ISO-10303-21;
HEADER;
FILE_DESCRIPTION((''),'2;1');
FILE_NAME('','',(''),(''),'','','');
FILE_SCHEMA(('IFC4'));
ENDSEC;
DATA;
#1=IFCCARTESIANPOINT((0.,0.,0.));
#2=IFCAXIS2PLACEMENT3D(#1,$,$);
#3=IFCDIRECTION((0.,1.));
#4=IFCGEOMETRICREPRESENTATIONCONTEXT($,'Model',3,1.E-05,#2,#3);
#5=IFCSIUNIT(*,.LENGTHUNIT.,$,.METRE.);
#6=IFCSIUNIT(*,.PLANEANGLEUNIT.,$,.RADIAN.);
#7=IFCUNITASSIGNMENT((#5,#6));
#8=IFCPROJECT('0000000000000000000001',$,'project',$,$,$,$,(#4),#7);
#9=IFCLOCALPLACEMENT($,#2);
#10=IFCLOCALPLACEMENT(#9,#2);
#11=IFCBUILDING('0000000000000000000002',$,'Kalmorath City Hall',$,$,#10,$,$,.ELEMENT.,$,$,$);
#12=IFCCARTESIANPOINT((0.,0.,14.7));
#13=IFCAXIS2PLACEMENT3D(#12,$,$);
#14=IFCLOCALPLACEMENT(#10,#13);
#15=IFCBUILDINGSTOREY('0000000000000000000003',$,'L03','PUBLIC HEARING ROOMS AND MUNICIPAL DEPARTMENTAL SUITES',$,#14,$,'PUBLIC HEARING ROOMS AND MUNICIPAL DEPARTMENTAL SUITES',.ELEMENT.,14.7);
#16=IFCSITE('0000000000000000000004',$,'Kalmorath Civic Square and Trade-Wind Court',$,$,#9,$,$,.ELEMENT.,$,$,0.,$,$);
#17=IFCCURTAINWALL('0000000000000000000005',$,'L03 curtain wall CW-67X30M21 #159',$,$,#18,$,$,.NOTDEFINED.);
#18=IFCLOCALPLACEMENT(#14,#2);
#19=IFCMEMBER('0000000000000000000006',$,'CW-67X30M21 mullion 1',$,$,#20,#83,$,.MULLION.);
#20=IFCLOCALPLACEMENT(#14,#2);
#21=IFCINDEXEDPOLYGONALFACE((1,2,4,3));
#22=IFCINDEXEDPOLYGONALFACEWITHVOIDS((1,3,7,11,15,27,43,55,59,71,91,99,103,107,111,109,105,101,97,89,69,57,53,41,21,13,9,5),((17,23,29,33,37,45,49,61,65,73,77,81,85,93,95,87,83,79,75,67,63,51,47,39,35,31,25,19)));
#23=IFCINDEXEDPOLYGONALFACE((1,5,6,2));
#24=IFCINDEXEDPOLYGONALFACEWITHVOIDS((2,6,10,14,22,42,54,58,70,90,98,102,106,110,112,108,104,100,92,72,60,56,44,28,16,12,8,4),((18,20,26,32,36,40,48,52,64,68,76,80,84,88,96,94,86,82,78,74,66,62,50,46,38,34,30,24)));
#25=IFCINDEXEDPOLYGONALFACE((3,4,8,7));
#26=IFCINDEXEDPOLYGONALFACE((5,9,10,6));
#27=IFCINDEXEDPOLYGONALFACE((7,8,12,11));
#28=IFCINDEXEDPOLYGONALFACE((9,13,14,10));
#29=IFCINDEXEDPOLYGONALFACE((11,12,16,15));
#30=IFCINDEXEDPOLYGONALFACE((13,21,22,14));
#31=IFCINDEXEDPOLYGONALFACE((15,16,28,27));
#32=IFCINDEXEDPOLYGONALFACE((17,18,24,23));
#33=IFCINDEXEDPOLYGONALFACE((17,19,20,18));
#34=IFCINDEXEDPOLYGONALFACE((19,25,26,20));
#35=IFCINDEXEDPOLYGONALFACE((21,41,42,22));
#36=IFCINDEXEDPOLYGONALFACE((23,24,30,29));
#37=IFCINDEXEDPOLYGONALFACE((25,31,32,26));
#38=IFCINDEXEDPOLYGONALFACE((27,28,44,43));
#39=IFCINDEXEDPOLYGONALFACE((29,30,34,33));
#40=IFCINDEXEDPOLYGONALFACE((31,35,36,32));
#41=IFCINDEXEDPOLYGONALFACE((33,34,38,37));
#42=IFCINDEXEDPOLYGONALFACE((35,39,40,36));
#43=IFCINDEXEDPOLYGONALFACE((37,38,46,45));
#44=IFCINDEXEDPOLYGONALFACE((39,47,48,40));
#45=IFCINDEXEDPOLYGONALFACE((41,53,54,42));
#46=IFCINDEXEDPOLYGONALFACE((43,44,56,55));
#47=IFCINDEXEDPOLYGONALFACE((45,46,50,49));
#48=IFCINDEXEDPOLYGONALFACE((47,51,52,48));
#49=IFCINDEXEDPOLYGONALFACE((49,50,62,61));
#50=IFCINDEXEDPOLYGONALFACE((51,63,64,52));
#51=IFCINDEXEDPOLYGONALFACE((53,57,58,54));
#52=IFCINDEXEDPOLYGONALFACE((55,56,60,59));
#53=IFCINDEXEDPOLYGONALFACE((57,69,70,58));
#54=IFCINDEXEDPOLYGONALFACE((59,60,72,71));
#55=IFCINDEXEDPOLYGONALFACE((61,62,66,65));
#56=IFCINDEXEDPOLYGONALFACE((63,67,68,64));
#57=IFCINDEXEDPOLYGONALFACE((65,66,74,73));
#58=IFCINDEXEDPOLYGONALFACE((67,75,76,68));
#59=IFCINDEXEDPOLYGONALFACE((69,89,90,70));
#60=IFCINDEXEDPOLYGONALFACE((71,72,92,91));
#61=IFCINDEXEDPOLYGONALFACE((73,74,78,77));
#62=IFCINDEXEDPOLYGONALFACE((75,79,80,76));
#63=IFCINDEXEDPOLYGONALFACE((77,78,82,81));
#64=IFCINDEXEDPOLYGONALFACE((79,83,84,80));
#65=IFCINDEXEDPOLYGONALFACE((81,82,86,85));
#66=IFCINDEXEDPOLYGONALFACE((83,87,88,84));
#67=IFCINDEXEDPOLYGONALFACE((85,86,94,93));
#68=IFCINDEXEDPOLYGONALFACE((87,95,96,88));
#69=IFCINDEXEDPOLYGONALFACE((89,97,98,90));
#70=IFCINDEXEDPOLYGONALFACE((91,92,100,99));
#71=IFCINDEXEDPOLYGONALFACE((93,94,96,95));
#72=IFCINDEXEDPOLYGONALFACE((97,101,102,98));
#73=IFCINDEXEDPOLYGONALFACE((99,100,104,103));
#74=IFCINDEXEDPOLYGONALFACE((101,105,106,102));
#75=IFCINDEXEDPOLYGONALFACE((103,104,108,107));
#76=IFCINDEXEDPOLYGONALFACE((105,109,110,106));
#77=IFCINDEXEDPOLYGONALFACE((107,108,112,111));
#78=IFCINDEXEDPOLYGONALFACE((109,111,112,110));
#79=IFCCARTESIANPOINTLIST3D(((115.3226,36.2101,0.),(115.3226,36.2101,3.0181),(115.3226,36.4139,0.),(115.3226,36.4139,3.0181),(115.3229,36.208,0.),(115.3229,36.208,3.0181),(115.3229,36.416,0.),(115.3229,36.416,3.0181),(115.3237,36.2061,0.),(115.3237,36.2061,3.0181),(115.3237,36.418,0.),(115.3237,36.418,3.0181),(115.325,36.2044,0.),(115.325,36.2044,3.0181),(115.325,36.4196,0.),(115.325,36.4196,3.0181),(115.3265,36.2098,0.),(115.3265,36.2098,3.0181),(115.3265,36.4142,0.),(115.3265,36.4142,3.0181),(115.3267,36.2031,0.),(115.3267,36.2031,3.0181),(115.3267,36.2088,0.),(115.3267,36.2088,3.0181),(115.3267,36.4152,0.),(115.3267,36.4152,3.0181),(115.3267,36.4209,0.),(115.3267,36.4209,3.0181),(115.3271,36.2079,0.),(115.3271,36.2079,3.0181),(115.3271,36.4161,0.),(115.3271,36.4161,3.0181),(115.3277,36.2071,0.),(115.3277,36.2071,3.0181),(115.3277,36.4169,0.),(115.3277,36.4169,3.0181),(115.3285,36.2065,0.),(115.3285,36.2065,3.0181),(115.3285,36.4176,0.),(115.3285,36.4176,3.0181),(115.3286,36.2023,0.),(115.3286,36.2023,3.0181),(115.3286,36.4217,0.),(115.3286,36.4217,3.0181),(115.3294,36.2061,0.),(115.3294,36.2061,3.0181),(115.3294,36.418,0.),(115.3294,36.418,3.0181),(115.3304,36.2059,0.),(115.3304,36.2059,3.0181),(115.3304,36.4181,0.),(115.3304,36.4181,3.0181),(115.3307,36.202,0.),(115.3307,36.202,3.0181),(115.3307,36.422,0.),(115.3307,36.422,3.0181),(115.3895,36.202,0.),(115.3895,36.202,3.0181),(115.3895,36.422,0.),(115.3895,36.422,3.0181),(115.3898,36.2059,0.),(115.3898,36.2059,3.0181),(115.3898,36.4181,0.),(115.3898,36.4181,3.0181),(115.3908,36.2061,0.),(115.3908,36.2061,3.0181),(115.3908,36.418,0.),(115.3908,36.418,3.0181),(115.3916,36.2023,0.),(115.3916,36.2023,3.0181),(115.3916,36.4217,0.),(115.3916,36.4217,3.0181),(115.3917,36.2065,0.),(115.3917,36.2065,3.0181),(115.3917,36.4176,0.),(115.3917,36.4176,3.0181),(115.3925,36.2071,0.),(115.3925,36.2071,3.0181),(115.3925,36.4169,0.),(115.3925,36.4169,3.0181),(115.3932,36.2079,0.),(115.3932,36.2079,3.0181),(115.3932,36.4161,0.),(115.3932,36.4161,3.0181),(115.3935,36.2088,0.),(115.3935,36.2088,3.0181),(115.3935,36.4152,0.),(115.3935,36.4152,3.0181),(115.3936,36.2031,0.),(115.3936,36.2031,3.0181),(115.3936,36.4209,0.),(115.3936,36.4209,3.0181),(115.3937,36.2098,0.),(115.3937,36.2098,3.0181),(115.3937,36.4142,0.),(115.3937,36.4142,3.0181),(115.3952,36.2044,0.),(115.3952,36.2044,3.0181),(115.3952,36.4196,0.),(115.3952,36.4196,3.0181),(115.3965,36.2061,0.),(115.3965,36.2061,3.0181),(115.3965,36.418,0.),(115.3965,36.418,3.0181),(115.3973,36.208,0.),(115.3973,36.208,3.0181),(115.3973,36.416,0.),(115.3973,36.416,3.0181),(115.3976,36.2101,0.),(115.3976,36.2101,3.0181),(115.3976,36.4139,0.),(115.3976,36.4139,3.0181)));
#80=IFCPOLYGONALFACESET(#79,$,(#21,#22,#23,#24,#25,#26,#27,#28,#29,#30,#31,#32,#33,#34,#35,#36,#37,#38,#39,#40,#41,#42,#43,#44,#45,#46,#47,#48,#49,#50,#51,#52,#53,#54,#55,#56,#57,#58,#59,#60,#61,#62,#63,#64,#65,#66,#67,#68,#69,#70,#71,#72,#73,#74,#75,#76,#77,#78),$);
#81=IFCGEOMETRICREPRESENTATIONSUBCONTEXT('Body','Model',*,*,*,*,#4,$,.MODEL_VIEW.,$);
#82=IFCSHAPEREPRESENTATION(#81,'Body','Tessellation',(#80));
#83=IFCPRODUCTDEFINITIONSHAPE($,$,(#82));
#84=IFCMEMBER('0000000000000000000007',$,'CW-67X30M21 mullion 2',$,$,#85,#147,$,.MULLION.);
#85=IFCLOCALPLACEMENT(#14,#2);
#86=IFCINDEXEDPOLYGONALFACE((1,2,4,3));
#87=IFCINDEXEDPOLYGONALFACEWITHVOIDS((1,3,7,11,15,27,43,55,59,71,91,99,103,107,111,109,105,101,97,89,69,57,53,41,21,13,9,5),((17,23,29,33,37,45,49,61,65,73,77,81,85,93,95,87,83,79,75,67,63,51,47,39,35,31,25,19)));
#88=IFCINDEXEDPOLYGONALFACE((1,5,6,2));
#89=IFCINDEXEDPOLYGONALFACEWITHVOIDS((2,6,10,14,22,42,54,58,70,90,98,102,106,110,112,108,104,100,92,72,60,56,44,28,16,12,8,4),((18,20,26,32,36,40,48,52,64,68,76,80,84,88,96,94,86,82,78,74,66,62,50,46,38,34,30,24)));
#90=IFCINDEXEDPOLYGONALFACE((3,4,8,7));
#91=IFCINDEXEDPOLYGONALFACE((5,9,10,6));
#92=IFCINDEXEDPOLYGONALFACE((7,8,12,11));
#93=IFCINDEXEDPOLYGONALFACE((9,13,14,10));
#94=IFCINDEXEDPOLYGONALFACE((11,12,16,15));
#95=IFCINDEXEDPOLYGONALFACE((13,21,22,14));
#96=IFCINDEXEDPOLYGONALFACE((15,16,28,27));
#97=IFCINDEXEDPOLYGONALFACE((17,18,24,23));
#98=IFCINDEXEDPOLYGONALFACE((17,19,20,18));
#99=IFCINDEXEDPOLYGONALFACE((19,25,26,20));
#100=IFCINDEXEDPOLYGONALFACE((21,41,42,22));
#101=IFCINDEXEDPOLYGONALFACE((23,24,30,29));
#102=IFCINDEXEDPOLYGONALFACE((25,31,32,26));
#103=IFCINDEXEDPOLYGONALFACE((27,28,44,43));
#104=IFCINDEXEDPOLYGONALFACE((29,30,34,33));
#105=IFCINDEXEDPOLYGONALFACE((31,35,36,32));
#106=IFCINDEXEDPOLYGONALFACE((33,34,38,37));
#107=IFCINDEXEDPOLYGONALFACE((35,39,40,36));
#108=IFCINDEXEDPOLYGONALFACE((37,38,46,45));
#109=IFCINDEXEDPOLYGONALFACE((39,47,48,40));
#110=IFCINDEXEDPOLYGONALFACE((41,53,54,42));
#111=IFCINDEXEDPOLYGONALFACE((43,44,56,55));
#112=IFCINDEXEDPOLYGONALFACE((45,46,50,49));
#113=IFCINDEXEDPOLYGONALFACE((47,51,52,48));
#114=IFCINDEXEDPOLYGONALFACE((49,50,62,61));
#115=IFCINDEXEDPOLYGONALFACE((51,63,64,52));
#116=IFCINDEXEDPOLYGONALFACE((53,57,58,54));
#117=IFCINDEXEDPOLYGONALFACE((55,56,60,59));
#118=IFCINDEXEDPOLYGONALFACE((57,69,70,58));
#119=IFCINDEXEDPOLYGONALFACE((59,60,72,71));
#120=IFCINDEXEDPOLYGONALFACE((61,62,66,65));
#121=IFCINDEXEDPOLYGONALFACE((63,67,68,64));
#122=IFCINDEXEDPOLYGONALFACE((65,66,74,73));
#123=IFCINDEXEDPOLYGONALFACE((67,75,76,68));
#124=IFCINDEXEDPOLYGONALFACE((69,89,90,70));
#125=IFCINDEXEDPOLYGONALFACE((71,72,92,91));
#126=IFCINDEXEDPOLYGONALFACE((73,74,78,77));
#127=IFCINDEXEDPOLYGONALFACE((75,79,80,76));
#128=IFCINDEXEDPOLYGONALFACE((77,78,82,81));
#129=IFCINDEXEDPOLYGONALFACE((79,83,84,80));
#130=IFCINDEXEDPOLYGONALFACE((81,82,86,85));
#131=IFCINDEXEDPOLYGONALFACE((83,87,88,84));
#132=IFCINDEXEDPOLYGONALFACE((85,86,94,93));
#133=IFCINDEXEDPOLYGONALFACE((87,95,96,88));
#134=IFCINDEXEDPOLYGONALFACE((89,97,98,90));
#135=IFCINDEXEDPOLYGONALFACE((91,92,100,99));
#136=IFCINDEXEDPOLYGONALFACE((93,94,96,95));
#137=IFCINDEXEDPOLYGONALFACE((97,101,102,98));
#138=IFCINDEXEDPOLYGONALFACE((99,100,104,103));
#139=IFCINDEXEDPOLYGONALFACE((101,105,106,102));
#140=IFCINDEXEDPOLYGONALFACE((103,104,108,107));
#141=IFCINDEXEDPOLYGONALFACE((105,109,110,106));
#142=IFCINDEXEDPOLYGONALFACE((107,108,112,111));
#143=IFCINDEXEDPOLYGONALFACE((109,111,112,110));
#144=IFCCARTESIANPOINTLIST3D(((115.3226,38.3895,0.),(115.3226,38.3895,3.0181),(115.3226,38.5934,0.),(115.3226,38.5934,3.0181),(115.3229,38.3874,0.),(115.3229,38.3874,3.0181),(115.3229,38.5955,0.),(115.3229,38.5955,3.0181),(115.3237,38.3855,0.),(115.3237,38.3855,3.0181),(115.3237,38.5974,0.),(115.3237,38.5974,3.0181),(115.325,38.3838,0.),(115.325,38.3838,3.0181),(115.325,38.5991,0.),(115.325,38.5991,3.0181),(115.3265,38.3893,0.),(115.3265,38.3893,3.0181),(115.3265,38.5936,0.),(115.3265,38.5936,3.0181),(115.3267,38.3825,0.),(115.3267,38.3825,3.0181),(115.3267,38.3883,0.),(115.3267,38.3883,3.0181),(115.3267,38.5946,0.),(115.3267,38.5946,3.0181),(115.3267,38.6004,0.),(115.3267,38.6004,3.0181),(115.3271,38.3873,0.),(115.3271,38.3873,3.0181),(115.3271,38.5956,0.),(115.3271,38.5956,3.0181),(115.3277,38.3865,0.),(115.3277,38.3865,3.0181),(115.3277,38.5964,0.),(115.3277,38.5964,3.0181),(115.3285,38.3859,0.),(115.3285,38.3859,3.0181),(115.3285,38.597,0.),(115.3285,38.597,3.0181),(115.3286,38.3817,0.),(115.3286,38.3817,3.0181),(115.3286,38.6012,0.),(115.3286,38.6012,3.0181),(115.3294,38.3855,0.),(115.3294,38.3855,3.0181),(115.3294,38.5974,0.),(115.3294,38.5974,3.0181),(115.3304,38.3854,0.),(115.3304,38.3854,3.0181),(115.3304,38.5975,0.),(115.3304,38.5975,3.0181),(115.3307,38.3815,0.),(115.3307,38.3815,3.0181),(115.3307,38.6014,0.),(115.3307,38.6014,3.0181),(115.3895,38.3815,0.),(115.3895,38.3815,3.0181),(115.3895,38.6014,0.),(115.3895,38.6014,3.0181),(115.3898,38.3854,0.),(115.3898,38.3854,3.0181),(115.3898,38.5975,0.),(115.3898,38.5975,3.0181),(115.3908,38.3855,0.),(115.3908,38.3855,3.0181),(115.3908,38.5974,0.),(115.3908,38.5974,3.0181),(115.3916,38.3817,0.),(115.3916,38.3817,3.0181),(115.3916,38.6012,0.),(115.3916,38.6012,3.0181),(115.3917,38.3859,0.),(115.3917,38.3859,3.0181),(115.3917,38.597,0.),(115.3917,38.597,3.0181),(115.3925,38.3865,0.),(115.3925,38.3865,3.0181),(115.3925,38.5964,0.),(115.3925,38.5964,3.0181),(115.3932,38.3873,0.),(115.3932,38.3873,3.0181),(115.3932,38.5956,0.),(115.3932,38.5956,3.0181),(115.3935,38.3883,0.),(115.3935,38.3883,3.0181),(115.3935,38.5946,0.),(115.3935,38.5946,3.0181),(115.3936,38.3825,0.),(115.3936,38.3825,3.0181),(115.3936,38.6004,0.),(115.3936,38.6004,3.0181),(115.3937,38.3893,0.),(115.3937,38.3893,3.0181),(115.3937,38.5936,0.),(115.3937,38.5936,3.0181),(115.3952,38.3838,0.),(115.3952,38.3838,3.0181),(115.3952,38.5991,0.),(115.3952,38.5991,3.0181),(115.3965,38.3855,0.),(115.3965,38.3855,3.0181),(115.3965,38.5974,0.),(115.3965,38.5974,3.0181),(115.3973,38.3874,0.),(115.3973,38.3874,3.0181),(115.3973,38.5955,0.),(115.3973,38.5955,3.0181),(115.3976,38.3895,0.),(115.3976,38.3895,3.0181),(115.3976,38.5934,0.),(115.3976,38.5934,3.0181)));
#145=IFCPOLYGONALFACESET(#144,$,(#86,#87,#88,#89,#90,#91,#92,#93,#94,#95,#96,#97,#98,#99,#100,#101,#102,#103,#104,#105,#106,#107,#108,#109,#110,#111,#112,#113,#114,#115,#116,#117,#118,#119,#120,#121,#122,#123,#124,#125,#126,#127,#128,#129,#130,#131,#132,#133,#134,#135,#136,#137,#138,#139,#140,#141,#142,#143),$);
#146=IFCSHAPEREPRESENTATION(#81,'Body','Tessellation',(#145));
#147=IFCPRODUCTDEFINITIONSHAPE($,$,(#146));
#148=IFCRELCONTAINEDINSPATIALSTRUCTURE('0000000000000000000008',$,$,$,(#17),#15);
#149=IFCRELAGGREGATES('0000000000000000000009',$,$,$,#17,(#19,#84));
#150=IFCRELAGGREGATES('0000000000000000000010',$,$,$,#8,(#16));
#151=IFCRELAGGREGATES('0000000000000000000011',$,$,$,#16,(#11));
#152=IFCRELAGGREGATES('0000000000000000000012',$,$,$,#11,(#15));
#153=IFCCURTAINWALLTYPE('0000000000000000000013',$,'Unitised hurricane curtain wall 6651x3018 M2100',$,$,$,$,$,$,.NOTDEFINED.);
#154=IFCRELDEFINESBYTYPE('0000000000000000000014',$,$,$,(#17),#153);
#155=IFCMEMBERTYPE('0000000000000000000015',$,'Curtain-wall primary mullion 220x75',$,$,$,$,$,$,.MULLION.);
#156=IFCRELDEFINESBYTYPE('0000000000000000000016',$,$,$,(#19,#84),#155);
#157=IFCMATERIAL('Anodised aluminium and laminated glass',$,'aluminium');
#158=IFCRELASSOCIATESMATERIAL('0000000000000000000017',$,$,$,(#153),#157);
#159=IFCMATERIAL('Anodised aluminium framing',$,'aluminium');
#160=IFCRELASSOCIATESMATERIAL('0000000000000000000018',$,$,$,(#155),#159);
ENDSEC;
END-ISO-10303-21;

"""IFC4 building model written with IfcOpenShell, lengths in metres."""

from ifc_helpers import new_model, si_unit, direction, frame, origin, origin_2d, place, context, subcontext, project, spatial, hollow_rectangle, extrude, material, material_profile, profile_set, type_object, element, aggregate, save


model = new_model("IFC4")

# Units and contexts
model_context = context("Model", 3, precision=1e-05, world=origin(), true_north=direction((0.0, 1.0)))
body_context = subcontext(model_context, "Body", "Model", "MODEL_VIEW")
ifc_project = project(units=[si_unit("LENGTHUNIT", "METRE"), si_unit("PLANEANGLEUNIT", "RADIAN")], contexts=[model_context])

# Site, building, storey
site_placement = place(None, origin())
site = spatial("IfcSite", under=ifc_project, at=site_placement, Name="Kalmorath Civic Square and Trade-Wind Court", CompositionType="ELEMENT", RefElevation=0.0)
building_placement = place(site_placement, origin())
building = spatial("IfcBuilding", under=site, at=building_placement, Name="Kalmorath City Hall", CompositionType="ELEMENT")
storey_placement = place(building_placement, frame((0.0, 0.0, 14.7)))
storey = spatial("IfcBuildingStorey", under=building, at=storey_placement, Name="L03", Description="PUBLIC HEARING ROOMS AND MUNICIPAL DEPARTMENTAL SUITES", LongName="PUBLIC HEARING ROOMS AND MUNICIPAL DEPARTMENTAL SUITES", CompositionType="ELEMENT", Elevation=14.7)

# Curtain wall, members
ifc_material_1 = material(Name="Anodised aluminium and laminated glass", Category="aluminium")
curtain_wall_type = type_object("IfcCurtainWallType", Name="Unitised hurricane curtain wall 6651x3018 M2100", PredefinedType="NOTDEFINED", material=ifc_material_1)
curtain_wall_placement = place(storey_placement, origin())
curtain_wall = element("IfcCurtainWall", 1, at=curtain_wall_placement, inside=storey, type_object=curtain_wall_type, Name="L03 curtain wall CW-67X30M21 #159", PredefinedType="NOTDEFINED")
ifc_material_2 = material(Name="Anodised aluminium framing", Category="aluminium")
ifc_material_profile_1 = material_profile(ifc_material_2, hollow_rectangle(XDim=0.075, YDim=0.22, WallThickness=0.0039, InnerFilletRadius=0.0039, OuterFilletRadius=0.0081, at=origin_2d()), Name="ALU-MUL-220X75X4")
ifc_profile_set_1 = profile_set([ifc_material_profile_1], Name="Anodised aluminium framing")
member_type_1 = type_object("IfcMemberType", Name="Curtain-wall primary mullion 220x75", PredefinedType="MULLION", material=ifc_profile_set_1)
member_1_placement = place(storey_placement, frame((115.3601, 36.312, 0.0), z_axis=(0.0, 0.0, 1.0), x_axis=(-1.0, 0.0, 0.0)))
member_1 = element("IfcMember", 2, at=member_1_placement, type_object=member_type_1, Name="CW-67X30M21 mullion 1", PredefinedType="MULLION", context=body_context, shape_type="SweptSolid", body=[
    extrude(hollow_rectangle(XDim=0.075, YDim=0.22, WallThickness=0.0039, InnerFilletRadius=0.0039, OuterFilletRadius=0.0081, at=origin_2d()), origin(), (0.0, 0.0, 1.0), 3.0181),
])
member_2_placement = place(storey_placement, frame((115.3601, 38.4915, 0.0), z_axis=(0.0, 0.0, 1.0), x_axis=(-1.0, 0.0, 0.0)))
member_2 = element("IfcMember", 3, at=member_2_placement, type_object=member_type_1, Name="CW-67X30M21 mullion 2", PredefinedType="MULLION", context=body_context, shape_type="SweptSolid", body=[
    extrude(hollow_rectangle(XDim=0.075, YDim=0.22, WallThickness=0.0039, InnerFilletRadius=0.0039, OuterFilletRadius=0.0081, at=origin_2d()), origin(), (0.0, 0.0, 1.0), 3.0181),
])

aggregate(curtain_wall, [member_1, member_2])

save(model, "model.ifc")
